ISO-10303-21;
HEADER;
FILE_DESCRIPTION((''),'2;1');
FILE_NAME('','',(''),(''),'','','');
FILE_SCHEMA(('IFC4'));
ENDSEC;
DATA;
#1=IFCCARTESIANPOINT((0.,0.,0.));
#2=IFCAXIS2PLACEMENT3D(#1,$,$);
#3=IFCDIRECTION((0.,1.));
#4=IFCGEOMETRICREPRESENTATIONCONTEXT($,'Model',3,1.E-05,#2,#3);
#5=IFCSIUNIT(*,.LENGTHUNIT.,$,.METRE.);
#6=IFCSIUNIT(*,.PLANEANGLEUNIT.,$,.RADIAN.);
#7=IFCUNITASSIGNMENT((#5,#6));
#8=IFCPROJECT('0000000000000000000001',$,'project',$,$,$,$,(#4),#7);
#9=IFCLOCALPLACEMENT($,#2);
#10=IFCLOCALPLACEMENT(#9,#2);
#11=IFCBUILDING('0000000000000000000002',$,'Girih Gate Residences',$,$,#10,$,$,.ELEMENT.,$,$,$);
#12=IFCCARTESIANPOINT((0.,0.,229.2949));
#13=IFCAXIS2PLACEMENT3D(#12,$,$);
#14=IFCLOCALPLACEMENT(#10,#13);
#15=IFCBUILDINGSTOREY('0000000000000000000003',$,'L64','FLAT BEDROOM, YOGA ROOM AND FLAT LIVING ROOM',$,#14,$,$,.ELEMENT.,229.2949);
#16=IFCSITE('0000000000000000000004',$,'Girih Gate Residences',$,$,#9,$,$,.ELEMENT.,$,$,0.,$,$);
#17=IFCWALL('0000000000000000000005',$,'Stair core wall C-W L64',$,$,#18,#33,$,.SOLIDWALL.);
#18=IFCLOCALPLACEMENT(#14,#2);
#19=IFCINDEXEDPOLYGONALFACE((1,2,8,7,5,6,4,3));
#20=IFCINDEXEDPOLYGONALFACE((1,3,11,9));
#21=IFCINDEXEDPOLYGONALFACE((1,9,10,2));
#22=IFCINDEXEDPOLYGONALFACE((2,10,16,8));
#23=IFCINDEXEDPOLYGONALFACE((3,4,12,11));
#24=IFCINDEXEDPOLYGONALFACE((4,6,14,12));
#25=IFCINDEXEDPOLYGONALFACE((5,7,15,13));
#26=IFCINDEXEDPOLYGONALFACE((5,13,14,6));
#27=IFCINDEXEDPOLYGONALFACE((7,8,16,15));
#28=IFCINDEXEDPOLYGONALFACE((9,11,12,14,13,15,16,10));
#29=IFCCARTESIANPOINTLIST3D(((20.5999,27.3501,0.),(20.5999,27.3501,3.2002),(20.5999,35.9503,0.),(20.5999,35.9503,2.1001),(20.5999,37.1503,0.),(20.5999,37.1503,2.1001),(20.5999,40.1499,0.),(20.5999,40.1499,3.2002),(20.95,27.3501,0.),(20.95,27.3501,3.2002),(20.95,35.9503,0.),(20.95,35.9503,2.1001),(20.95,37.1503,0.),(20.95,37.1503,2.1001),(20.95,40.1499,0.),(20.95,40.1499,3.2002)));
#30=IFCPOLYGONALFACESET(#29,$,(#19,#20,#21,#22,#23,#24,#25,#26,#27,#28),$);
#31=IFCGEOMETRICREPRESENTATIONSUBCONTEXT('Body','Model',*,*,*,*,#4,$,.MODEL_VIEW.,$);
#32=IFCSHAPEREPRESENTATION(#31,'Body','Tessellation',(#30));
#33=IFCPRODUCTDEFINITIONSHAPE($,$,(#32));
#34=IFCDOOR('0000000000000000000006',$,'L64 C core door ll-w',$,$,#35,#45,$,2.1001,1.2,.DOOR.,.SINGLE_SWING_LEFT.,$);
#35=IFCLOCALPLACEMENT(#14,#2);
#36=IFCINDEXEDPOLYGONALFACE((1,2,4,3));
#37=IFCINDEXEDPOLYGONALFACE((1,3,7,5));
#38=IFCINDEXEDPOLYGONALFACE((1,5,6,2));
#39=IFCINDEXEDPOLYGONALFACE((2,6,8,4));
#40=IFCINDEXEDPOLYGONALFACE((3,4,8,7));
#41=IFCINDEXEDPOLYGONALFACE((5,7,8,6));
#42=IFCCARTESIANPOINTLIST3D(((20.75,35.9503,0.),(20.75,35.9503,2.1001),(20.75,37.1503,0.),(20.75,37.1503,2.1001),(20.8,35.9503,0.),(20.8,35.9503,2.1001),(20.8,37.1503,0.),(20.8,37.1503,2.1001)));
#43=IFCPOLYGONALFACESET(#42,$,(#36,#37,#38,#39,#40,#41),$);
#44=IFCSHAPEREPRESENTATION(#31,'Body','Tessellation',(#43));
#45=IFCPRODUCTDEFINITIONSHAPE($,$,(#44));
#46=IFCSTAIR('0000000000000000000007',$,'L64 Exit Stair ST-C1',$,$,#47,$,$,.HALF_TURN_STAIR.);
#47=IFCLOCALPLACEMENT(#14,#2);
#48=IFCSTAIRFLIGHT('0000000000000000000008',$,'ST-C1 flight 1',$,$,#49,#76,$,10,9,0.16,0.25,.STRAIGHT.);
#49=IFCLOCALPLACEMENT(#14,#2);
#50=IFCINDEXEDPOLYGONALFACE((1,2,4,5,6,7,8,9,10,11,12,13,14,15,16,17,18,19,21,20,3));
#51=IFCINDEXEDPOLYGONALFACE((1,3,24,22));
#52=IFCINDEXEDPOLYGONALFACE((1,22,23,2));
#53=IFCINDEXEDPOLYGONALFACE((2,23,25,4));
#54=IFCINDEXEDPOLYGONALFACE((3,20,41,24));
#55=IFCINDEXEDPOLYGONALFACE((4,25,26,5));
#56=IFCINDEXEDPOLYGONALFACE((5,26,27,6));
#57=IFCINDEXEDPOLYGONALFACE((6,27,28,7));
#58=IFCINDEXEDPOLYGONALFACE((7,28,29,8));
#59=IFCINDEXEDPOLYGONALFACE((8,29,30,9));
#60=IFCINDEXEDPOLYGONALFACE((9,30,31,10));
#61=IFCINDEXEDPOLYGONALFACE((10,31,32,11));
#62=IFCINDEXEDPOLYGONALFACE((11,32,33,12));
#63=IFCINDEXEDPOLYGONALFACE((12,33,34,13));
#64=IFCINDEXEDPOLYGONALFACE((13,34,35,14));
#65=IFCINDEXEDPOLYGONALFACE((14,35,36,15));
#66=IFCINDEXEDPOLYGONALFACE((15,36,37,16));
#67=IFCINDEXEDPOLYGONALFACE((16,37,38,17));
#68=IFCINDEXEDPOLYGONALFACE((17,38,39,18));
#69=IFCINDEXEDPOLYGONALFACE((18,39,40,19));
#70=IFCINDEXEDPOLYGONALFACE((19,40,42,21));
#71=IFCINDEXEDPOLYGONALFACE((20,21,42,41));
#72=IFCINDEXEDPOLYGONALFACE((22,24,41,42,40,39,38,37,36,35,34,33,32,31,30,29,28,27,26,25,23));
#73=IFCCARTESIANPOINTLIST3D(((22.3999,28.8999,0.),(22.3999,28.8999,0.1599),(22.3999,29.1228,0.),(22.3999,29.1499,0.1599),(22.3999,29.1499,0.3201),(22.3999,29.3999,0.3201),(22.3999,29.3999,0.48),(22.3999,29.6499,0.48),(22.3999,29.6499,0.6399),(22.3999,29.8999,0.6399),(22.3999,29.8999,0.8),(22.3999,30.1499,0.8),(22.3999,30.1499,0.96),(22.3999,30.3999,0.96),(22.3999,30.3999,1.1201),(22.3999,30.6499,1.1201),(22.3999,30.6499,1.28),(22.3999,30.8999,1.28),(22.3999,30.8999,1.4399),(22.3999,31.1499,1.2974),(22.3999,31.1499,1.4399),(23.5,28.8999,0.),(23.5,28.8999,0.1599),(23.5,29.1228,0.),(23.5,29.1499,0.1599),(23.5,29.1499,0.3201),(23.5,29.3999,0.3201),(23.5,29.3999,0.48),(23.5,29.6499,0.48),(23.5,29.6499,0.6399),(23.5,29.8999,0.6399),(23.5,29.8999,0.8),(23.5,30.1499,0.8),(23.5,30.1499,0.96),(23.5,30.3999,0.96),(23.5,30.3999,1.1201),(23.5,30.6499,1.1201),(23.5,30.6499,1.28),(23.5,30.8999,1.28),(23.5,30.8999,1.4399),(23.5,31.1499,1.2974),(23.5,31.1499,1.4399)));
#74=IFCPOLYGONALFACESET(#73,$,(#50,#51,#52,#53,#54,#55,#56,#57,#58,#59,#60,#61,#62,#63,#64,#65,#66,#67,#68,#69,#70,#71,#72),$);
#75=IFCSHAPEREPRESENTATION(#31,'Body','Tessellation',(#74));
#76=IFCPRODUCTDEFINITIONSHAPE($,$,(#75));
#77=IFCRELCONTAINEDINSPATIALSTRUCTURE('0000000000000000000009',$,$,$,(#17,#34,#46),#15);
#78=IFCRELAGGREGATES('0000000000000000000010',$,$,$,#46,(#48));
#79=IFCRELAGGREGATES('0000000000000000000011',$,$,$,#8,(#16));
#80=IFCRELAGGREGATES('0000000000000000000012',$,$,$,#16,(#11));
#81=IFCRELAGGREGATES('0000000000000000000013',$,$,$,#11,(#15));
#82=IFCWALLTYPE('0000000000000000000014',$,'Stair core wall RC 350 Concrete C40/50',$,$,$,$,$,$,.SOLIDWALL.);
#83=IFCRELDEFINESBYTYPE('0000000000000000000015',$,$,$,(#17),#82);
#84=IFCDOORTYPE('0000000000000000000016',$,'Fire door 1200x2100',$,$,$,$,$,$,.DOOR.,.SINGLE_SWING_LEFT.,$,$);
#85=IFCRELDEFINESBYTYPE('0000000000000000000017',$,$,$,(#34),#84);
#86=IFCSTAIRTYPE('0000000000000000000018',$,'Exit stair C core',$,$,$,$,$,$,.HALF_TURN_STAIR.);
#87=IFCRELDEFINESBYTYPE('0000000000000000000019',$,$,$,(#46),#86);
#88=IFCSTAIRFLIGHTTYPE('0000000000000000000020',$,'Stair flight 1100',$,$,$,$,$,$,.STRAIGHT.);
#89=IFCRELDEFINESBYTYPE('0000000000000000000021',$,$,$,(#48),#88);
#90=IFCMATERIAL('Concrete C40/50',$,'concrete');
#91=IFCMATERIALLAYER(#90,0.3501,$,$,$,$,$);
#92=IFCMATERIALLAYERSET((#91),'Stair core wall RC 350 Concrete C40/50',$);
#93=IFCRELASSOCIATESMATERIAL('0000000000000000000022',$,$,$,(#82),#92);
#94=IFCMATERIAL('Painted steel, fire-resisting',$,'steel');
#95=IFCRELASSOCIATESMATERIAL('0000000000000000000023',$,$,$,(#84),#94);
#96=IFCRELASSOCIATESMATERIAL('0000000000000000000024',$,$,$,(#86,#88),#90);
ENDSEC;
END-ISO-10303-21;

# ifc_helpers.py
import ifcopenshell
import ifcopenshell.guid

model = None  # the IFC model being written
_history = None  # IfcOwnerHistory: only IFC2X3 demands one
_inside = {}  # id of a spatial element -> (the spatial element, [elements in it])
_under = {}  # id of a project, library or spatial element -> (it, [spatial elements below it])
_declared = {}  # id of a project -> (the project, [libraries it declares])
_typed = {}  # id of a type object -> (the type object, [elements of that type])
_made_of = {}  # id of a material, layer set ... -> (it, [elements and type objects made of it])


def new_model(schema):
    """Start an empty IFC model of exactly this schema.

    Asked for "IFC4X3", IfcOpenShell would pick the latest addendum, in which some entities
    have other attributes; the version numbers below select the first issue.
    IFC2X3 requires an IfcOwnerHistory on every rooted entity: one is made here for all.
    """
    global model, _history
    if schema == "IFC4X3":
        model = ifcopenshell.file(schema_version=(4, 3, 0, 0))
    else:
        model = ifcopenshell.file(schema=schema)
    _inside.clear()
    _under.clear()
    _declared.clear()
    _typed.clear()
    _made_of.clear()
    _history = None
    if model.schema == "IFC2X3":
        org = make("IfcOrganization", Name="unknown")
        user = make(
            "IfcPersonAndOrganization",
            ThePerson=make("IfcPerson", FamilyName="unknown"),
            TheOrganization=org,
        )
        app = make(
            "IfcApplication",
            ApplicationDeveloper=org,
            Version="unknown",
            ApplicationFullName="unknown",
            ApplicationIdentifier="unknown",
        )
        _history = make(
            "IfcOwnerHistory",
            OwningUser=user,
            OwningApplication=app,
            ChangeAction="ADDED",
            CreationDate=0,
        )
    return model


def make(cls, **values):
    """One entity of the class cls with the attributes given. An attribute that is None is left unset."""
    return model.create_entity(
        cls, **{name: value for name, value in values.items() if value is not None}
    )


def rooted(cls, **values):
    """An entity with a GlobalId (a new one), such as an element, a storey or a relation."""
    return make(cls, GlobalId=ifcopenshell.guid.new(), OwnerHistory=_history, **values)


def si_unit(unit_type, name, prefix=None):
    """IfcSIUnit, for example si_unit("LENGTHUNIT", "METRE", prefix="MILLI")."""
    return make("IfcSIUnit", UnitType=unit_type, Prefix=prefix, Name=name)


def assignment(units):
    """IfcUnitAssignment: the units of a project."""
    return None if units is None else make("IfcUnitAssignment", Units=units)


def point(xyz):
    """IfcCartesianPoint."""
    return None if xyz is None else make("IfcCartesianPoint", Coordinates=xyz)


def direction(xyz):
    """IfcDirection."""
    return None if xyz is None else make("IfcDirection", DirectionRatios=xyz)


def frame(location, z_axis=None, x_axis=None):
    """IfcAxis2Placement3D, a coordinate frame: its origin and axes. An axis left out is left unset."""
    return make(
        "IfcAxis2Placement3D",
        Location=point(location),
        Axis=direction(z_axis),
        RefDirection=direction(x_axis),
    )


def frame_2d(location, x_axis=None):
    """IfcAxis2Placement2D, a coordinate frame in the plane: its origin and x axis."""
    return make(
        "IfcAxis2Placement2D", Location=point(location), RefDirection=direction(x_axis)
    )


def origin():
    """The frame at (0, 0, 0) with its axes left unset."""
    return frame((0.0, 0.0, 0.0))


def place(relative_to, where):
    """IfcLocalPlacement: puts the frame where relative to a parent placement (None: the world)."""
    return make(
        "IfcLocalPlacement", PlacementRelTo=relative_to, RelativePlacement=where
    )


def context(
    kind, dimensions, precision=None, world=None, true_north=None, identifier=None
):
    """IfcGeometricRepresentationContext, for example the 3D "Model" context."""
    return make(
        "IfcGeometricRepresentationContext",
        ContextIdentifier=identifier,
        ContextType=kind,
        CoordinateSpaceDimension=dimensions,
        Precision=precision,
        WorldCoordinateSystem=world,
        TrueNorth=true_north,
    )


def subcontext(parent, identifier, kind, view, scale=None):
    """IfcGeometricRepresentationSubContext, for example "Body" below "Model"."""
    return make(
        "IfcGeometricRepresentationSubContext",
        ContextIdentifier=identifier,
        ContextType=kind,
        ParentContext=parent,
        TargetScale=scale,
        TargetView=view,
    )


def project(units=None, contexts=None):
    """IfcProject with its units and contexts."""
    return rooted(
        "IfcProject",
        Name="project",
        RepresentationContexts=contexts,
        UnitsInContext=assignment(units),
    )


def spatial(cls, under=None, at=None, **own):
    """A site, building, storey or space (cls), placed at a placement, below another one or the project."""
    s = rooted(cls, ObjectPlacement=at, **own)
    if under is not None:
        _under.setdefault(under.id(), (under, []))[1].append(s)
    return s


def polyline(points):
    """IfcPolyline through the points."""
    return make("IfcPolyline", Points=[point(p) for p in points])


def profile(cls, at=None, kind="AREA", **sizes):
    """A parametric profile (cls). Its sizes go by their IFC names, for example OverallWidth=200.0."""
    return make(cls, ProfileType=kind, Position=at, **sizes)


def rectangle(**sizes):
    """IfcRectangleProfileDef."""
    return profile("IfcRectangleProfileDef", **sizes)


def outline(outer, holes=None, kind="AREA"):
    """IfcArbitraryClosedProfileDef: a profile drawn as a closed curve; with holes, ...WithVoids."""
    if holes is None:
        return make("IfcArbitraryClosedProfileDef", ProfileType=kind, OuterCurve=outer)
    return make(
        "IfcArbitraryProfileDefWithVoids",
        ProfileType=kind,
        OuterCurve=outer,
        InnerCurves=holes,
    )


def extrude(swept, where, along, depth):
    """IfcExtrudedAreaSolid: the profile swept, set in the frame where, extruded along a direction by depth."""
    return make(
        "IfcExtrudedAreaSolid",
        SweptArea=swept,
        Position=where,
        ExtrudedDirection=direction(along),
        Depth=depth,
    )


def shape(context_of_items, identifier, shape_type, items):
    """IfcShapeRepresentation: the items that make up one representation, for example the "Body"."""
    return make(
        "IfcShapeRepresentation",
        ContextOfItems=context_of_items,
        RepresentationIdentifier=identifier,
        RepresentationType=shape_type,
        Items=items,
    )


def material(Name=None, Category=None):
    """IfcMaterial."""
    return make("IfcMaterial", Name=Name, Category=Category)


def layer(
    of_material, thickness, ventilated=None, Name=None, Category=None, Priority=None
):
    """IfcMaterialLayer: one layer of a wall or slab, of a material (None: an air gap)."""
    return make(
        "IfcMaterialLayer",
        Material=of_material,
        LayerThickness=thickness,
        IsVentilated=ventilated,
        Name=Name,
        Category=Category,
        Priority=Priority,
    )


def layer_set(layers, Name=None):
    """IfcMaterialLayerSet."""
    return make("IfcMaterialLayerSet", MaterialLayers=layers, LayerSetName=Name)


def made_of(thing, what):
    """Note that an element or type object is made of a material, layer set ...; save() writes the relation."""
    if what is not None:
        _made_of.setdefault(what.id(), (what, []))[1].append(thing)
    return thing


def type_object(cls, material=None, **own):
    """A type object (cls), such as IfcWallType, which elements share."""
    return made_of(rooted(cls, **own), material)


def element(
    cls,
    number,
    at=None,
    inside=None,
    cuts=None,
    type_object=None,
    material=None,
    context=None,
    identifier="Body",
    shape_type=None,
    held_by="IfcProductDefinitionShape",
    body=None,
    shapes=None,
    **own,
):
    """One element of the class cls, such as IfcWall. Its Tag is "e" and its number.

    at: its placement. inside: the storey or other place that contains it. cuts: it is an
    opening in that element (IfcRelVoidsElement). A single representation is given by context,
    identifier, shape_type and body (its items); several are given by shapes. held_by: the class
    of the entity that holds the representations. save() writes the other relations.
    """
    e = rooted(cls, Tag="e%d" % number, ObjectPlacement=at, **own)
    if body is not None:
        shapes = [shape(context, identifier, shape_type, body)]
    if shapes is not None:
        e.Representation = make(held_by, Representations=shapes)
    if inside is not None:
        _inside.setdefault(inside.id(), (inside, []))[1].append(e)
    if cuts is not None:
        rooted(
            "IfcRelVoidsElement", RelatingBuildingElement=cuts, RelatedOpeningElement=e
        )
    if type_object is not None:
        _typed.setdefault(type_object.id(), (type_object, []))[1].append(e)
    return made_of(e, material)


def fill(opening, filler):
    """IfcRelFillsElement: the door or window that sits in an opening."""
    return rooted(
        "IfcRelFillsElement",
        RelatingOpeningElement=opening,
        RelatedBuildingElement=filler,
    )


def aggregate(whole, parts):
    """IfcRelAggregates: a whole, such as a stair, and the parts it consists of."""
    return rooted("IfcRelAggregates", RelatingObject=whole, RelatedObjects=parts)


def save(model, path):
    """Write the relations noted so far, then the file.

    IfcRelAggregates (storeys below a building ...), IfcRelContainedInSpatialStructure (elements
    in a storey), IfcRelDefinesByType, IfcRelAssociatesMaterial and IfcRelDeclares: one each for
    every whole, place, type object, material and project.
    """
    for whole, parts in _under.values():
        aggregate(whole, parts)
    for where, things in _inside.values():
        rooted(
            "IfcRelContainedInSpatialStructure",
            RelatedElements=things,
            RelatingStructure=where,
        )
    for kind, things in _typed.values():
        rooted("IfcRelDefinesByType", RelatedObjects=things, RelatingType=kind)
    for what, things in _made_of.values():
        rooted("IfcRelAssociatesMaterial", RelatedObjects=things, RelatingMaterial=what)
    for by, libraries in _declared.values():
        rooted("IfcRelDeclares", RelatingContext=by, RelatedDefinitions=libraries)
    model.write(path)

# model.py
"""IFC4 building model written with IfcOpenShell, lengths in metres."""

from ifc_helpers import new_model, si_unit, direction, frame, frame_2d, origin, place, context, subcontext, project, spatial, polyline, rectangle, outline, extrude, material, layer, layer_set, type_object, element, fill, aggregate, save


model = new_model("IFC4")

# Units and contexts
model_context = context("Model", 3, precision=1e-05, world=origin(), true_north=direction((0.0, 1.0)))
body_context = subcontext(model_context, "Body", "Model", "MODEL_VIEW")
ifc_project = project(units=[si_unit("LENGTHUNIT", "METRE"), si_unit("PLANEANGLEUNIT", "RADIAN")], contexts=[model_context])

# Site, building, storey
site_placement = place(None, origin())
site = spatial("IfcSite", under=ifc_project, at=site_placement, Name="Girih Gate Residences", CompositionType="ELEMENT", RefElevation=0.0)
building_placement = place(site_placement, origin())
building = spatial("IfcBuilding", under=site, at=building_placement, Name="Girih Gate Residences", CompositionType="ELEMENT")
storey_placement = place(building_placement, frame((0.0, 0.0, 229.2949)))
storey = spatial("IfcBuildingStorey", under=building, at=storey_placement, Name="L64", Description="FLAT BEDROOM, YOGA ROOM AND FLAT LIVING ROOM", CompositionType="ELEMENT", Elevation=229.2949)

# Shared definitions
ifc_material_1 = material(Name="Concrete C40/50", Category="concrete")
ifc_material_2 = material(Name="Painted steel, fire-resisting", Category="steel")

# Shared definitions
ifc_layer_1 = layer(ifc_material_1, 0.3501)
ifc_layer_set_1 = layer_set([ifc_layer_1], Name="Stair core wall RC 350 Concrete C40/50")
wall_type_1 = type_object("IfcWallType", Name="Stair core wall RC 350 Concrete C40/50", PredefinedType="SOLIDWALL", material=ifc_layer_set_1)

# Wall, opening, door
wall_1_placement = place(storey_placement, frame((20.7749, 27.3501, 0.0), z_axis=(0.0, 0.0, 1.0), x_axis=(0.0, 1.0, 0.0)))
wall_1 = element("IfcWall", 1, at=wall_1_placement, inside=storey, type_object=wall_type_1, Name="Stair core wall C-W L64", PredefinedType="SOLIDWALL", context=body_context, shape_type="SweptSolid", body=[
    extrude(rectangle(XDim=12.7998, YDim=0.3501, at=frame_2d((6.3999, 0.0))), origin(), (0.0, 0.0, 1.0), 3.2002),
])
opening_1_placement = place(wall_1_placement, frame((8.6001, 0.0, 0.0)))
opening_1 = element("IfcOpeningElement", 2, at=opening_1_placement, cuts=wall_1, PredefinedType="OPENING", context=body_context, shape_type="SweptSolid", body=[
    extrude(rectangle(XDim=1.2, YDim=2.1001, at=frame_2d((0.6001, 1.05))), frame((0.0, 0.1851, 0.0), z_axis=(0.0, -1.0, 0.0), x_axis=(1.0, 0.0, 0.0)), (0.0, 0.0, 1.0), 0.3701),
])
door_type_1 = type_object("IfcDoorType", Name="Fire door 1200x2100", OperationType="SINGLE_SWING_LEFT", PredefinedType="DOOR", material=ifc_material_2)
door_1_placement = place(opening_1_placement, origin())
door_1 = element("IfcDoor", 3, at=door_1_placement, inside=storey, type_object=door_type_1, Name="L64 C core door ll-w", OperationType="SINGLE_SWING_LEFT", OverallHeight=2.1001, OverallWidth=1.2, PredefinedType="DOOR", context=body_context, shape_type="SweptSolid", body=[
    extrude(rectangle(XDim=1.2, YDim=2.1001, at=frame_2d((0.6001, 1.05))), frame((0.0, 0.0249, 0.0), z_axis=(0.0, -1.0, 0.0), x_axis=(1.0, 0.0, 0.0)), (0.0, 0.0, 1.0), 0.05),
])
fill(opening_1, door_1)

# Stair, stair flight
stair_type = type_object("IfcStairType", Name="Exit stair C core", PredefinedType="HALF_TURN_STAIR", material=ifc_material_1)
stair_placement = place(storey_placement, origin())
stair = element("IfcStair", 4, at=stair_placement, inside=storey, type_object=stair_type, Name="L64 Exit Stair ST-C1", PredefinedType="HALF_TURN_STAIR")
stair_flight_type = type_object("IfcStairFlightType", Name="Stair flight 1100", PredefinedType="STRAIGHT", material=ifc_material_1)
stair_flight_placement = place(storey_placement, frame((22.95, 28.8999, 0.0), z_axis=(0.0, 0.0, 1.0), x_axis=(0.0, 1.0, 0.0)))
stair_flight = element("IfcStairFlight", 5, at=stair_flight_placement, type_object=stair_flight_type, Name="ST-C1 flight 1", NumberOfRisers=10, NumberOfTreads=9, PredefinedType="STRAIGHT", RiserHeight=0.16, TreadLength=0.25, context=body_context, shape_type="SweptSolid", body=[
    extrude(outline(polyline([(0.0, 0.0), (0.0, 0.1599), (0.25, 0.1599), (0.25, 0.3201), (0.5, 0.3201), (0.5, 0.48), (0.75, 0.48), (0.75, 0.6399), (1.0, 0.6399), (1.0, 0.8), (1.25, 0.8), (1.25, 0.96), (1.5, 0.96), (1.5, 1.1201), (1.75, 1.1201), (1.75, 1.28), (2.0, 1.28), (2.0, 1.4399), (2.25, 1.4399), (2.25, 1.6001), (2.25, 1.2974), (0.2229, 0.0), (0.0, 0.0)])), frame((0.0, 0.55, 0.0), z_axis=(0.0, -1.0, 0.0), x_axis=(1.0, 0.0, 0.0)), (0.0, 0.0, 1.0), 1.1001),
])
aggregate(stair, [stair_flight])

save(model, "model.ifc")
